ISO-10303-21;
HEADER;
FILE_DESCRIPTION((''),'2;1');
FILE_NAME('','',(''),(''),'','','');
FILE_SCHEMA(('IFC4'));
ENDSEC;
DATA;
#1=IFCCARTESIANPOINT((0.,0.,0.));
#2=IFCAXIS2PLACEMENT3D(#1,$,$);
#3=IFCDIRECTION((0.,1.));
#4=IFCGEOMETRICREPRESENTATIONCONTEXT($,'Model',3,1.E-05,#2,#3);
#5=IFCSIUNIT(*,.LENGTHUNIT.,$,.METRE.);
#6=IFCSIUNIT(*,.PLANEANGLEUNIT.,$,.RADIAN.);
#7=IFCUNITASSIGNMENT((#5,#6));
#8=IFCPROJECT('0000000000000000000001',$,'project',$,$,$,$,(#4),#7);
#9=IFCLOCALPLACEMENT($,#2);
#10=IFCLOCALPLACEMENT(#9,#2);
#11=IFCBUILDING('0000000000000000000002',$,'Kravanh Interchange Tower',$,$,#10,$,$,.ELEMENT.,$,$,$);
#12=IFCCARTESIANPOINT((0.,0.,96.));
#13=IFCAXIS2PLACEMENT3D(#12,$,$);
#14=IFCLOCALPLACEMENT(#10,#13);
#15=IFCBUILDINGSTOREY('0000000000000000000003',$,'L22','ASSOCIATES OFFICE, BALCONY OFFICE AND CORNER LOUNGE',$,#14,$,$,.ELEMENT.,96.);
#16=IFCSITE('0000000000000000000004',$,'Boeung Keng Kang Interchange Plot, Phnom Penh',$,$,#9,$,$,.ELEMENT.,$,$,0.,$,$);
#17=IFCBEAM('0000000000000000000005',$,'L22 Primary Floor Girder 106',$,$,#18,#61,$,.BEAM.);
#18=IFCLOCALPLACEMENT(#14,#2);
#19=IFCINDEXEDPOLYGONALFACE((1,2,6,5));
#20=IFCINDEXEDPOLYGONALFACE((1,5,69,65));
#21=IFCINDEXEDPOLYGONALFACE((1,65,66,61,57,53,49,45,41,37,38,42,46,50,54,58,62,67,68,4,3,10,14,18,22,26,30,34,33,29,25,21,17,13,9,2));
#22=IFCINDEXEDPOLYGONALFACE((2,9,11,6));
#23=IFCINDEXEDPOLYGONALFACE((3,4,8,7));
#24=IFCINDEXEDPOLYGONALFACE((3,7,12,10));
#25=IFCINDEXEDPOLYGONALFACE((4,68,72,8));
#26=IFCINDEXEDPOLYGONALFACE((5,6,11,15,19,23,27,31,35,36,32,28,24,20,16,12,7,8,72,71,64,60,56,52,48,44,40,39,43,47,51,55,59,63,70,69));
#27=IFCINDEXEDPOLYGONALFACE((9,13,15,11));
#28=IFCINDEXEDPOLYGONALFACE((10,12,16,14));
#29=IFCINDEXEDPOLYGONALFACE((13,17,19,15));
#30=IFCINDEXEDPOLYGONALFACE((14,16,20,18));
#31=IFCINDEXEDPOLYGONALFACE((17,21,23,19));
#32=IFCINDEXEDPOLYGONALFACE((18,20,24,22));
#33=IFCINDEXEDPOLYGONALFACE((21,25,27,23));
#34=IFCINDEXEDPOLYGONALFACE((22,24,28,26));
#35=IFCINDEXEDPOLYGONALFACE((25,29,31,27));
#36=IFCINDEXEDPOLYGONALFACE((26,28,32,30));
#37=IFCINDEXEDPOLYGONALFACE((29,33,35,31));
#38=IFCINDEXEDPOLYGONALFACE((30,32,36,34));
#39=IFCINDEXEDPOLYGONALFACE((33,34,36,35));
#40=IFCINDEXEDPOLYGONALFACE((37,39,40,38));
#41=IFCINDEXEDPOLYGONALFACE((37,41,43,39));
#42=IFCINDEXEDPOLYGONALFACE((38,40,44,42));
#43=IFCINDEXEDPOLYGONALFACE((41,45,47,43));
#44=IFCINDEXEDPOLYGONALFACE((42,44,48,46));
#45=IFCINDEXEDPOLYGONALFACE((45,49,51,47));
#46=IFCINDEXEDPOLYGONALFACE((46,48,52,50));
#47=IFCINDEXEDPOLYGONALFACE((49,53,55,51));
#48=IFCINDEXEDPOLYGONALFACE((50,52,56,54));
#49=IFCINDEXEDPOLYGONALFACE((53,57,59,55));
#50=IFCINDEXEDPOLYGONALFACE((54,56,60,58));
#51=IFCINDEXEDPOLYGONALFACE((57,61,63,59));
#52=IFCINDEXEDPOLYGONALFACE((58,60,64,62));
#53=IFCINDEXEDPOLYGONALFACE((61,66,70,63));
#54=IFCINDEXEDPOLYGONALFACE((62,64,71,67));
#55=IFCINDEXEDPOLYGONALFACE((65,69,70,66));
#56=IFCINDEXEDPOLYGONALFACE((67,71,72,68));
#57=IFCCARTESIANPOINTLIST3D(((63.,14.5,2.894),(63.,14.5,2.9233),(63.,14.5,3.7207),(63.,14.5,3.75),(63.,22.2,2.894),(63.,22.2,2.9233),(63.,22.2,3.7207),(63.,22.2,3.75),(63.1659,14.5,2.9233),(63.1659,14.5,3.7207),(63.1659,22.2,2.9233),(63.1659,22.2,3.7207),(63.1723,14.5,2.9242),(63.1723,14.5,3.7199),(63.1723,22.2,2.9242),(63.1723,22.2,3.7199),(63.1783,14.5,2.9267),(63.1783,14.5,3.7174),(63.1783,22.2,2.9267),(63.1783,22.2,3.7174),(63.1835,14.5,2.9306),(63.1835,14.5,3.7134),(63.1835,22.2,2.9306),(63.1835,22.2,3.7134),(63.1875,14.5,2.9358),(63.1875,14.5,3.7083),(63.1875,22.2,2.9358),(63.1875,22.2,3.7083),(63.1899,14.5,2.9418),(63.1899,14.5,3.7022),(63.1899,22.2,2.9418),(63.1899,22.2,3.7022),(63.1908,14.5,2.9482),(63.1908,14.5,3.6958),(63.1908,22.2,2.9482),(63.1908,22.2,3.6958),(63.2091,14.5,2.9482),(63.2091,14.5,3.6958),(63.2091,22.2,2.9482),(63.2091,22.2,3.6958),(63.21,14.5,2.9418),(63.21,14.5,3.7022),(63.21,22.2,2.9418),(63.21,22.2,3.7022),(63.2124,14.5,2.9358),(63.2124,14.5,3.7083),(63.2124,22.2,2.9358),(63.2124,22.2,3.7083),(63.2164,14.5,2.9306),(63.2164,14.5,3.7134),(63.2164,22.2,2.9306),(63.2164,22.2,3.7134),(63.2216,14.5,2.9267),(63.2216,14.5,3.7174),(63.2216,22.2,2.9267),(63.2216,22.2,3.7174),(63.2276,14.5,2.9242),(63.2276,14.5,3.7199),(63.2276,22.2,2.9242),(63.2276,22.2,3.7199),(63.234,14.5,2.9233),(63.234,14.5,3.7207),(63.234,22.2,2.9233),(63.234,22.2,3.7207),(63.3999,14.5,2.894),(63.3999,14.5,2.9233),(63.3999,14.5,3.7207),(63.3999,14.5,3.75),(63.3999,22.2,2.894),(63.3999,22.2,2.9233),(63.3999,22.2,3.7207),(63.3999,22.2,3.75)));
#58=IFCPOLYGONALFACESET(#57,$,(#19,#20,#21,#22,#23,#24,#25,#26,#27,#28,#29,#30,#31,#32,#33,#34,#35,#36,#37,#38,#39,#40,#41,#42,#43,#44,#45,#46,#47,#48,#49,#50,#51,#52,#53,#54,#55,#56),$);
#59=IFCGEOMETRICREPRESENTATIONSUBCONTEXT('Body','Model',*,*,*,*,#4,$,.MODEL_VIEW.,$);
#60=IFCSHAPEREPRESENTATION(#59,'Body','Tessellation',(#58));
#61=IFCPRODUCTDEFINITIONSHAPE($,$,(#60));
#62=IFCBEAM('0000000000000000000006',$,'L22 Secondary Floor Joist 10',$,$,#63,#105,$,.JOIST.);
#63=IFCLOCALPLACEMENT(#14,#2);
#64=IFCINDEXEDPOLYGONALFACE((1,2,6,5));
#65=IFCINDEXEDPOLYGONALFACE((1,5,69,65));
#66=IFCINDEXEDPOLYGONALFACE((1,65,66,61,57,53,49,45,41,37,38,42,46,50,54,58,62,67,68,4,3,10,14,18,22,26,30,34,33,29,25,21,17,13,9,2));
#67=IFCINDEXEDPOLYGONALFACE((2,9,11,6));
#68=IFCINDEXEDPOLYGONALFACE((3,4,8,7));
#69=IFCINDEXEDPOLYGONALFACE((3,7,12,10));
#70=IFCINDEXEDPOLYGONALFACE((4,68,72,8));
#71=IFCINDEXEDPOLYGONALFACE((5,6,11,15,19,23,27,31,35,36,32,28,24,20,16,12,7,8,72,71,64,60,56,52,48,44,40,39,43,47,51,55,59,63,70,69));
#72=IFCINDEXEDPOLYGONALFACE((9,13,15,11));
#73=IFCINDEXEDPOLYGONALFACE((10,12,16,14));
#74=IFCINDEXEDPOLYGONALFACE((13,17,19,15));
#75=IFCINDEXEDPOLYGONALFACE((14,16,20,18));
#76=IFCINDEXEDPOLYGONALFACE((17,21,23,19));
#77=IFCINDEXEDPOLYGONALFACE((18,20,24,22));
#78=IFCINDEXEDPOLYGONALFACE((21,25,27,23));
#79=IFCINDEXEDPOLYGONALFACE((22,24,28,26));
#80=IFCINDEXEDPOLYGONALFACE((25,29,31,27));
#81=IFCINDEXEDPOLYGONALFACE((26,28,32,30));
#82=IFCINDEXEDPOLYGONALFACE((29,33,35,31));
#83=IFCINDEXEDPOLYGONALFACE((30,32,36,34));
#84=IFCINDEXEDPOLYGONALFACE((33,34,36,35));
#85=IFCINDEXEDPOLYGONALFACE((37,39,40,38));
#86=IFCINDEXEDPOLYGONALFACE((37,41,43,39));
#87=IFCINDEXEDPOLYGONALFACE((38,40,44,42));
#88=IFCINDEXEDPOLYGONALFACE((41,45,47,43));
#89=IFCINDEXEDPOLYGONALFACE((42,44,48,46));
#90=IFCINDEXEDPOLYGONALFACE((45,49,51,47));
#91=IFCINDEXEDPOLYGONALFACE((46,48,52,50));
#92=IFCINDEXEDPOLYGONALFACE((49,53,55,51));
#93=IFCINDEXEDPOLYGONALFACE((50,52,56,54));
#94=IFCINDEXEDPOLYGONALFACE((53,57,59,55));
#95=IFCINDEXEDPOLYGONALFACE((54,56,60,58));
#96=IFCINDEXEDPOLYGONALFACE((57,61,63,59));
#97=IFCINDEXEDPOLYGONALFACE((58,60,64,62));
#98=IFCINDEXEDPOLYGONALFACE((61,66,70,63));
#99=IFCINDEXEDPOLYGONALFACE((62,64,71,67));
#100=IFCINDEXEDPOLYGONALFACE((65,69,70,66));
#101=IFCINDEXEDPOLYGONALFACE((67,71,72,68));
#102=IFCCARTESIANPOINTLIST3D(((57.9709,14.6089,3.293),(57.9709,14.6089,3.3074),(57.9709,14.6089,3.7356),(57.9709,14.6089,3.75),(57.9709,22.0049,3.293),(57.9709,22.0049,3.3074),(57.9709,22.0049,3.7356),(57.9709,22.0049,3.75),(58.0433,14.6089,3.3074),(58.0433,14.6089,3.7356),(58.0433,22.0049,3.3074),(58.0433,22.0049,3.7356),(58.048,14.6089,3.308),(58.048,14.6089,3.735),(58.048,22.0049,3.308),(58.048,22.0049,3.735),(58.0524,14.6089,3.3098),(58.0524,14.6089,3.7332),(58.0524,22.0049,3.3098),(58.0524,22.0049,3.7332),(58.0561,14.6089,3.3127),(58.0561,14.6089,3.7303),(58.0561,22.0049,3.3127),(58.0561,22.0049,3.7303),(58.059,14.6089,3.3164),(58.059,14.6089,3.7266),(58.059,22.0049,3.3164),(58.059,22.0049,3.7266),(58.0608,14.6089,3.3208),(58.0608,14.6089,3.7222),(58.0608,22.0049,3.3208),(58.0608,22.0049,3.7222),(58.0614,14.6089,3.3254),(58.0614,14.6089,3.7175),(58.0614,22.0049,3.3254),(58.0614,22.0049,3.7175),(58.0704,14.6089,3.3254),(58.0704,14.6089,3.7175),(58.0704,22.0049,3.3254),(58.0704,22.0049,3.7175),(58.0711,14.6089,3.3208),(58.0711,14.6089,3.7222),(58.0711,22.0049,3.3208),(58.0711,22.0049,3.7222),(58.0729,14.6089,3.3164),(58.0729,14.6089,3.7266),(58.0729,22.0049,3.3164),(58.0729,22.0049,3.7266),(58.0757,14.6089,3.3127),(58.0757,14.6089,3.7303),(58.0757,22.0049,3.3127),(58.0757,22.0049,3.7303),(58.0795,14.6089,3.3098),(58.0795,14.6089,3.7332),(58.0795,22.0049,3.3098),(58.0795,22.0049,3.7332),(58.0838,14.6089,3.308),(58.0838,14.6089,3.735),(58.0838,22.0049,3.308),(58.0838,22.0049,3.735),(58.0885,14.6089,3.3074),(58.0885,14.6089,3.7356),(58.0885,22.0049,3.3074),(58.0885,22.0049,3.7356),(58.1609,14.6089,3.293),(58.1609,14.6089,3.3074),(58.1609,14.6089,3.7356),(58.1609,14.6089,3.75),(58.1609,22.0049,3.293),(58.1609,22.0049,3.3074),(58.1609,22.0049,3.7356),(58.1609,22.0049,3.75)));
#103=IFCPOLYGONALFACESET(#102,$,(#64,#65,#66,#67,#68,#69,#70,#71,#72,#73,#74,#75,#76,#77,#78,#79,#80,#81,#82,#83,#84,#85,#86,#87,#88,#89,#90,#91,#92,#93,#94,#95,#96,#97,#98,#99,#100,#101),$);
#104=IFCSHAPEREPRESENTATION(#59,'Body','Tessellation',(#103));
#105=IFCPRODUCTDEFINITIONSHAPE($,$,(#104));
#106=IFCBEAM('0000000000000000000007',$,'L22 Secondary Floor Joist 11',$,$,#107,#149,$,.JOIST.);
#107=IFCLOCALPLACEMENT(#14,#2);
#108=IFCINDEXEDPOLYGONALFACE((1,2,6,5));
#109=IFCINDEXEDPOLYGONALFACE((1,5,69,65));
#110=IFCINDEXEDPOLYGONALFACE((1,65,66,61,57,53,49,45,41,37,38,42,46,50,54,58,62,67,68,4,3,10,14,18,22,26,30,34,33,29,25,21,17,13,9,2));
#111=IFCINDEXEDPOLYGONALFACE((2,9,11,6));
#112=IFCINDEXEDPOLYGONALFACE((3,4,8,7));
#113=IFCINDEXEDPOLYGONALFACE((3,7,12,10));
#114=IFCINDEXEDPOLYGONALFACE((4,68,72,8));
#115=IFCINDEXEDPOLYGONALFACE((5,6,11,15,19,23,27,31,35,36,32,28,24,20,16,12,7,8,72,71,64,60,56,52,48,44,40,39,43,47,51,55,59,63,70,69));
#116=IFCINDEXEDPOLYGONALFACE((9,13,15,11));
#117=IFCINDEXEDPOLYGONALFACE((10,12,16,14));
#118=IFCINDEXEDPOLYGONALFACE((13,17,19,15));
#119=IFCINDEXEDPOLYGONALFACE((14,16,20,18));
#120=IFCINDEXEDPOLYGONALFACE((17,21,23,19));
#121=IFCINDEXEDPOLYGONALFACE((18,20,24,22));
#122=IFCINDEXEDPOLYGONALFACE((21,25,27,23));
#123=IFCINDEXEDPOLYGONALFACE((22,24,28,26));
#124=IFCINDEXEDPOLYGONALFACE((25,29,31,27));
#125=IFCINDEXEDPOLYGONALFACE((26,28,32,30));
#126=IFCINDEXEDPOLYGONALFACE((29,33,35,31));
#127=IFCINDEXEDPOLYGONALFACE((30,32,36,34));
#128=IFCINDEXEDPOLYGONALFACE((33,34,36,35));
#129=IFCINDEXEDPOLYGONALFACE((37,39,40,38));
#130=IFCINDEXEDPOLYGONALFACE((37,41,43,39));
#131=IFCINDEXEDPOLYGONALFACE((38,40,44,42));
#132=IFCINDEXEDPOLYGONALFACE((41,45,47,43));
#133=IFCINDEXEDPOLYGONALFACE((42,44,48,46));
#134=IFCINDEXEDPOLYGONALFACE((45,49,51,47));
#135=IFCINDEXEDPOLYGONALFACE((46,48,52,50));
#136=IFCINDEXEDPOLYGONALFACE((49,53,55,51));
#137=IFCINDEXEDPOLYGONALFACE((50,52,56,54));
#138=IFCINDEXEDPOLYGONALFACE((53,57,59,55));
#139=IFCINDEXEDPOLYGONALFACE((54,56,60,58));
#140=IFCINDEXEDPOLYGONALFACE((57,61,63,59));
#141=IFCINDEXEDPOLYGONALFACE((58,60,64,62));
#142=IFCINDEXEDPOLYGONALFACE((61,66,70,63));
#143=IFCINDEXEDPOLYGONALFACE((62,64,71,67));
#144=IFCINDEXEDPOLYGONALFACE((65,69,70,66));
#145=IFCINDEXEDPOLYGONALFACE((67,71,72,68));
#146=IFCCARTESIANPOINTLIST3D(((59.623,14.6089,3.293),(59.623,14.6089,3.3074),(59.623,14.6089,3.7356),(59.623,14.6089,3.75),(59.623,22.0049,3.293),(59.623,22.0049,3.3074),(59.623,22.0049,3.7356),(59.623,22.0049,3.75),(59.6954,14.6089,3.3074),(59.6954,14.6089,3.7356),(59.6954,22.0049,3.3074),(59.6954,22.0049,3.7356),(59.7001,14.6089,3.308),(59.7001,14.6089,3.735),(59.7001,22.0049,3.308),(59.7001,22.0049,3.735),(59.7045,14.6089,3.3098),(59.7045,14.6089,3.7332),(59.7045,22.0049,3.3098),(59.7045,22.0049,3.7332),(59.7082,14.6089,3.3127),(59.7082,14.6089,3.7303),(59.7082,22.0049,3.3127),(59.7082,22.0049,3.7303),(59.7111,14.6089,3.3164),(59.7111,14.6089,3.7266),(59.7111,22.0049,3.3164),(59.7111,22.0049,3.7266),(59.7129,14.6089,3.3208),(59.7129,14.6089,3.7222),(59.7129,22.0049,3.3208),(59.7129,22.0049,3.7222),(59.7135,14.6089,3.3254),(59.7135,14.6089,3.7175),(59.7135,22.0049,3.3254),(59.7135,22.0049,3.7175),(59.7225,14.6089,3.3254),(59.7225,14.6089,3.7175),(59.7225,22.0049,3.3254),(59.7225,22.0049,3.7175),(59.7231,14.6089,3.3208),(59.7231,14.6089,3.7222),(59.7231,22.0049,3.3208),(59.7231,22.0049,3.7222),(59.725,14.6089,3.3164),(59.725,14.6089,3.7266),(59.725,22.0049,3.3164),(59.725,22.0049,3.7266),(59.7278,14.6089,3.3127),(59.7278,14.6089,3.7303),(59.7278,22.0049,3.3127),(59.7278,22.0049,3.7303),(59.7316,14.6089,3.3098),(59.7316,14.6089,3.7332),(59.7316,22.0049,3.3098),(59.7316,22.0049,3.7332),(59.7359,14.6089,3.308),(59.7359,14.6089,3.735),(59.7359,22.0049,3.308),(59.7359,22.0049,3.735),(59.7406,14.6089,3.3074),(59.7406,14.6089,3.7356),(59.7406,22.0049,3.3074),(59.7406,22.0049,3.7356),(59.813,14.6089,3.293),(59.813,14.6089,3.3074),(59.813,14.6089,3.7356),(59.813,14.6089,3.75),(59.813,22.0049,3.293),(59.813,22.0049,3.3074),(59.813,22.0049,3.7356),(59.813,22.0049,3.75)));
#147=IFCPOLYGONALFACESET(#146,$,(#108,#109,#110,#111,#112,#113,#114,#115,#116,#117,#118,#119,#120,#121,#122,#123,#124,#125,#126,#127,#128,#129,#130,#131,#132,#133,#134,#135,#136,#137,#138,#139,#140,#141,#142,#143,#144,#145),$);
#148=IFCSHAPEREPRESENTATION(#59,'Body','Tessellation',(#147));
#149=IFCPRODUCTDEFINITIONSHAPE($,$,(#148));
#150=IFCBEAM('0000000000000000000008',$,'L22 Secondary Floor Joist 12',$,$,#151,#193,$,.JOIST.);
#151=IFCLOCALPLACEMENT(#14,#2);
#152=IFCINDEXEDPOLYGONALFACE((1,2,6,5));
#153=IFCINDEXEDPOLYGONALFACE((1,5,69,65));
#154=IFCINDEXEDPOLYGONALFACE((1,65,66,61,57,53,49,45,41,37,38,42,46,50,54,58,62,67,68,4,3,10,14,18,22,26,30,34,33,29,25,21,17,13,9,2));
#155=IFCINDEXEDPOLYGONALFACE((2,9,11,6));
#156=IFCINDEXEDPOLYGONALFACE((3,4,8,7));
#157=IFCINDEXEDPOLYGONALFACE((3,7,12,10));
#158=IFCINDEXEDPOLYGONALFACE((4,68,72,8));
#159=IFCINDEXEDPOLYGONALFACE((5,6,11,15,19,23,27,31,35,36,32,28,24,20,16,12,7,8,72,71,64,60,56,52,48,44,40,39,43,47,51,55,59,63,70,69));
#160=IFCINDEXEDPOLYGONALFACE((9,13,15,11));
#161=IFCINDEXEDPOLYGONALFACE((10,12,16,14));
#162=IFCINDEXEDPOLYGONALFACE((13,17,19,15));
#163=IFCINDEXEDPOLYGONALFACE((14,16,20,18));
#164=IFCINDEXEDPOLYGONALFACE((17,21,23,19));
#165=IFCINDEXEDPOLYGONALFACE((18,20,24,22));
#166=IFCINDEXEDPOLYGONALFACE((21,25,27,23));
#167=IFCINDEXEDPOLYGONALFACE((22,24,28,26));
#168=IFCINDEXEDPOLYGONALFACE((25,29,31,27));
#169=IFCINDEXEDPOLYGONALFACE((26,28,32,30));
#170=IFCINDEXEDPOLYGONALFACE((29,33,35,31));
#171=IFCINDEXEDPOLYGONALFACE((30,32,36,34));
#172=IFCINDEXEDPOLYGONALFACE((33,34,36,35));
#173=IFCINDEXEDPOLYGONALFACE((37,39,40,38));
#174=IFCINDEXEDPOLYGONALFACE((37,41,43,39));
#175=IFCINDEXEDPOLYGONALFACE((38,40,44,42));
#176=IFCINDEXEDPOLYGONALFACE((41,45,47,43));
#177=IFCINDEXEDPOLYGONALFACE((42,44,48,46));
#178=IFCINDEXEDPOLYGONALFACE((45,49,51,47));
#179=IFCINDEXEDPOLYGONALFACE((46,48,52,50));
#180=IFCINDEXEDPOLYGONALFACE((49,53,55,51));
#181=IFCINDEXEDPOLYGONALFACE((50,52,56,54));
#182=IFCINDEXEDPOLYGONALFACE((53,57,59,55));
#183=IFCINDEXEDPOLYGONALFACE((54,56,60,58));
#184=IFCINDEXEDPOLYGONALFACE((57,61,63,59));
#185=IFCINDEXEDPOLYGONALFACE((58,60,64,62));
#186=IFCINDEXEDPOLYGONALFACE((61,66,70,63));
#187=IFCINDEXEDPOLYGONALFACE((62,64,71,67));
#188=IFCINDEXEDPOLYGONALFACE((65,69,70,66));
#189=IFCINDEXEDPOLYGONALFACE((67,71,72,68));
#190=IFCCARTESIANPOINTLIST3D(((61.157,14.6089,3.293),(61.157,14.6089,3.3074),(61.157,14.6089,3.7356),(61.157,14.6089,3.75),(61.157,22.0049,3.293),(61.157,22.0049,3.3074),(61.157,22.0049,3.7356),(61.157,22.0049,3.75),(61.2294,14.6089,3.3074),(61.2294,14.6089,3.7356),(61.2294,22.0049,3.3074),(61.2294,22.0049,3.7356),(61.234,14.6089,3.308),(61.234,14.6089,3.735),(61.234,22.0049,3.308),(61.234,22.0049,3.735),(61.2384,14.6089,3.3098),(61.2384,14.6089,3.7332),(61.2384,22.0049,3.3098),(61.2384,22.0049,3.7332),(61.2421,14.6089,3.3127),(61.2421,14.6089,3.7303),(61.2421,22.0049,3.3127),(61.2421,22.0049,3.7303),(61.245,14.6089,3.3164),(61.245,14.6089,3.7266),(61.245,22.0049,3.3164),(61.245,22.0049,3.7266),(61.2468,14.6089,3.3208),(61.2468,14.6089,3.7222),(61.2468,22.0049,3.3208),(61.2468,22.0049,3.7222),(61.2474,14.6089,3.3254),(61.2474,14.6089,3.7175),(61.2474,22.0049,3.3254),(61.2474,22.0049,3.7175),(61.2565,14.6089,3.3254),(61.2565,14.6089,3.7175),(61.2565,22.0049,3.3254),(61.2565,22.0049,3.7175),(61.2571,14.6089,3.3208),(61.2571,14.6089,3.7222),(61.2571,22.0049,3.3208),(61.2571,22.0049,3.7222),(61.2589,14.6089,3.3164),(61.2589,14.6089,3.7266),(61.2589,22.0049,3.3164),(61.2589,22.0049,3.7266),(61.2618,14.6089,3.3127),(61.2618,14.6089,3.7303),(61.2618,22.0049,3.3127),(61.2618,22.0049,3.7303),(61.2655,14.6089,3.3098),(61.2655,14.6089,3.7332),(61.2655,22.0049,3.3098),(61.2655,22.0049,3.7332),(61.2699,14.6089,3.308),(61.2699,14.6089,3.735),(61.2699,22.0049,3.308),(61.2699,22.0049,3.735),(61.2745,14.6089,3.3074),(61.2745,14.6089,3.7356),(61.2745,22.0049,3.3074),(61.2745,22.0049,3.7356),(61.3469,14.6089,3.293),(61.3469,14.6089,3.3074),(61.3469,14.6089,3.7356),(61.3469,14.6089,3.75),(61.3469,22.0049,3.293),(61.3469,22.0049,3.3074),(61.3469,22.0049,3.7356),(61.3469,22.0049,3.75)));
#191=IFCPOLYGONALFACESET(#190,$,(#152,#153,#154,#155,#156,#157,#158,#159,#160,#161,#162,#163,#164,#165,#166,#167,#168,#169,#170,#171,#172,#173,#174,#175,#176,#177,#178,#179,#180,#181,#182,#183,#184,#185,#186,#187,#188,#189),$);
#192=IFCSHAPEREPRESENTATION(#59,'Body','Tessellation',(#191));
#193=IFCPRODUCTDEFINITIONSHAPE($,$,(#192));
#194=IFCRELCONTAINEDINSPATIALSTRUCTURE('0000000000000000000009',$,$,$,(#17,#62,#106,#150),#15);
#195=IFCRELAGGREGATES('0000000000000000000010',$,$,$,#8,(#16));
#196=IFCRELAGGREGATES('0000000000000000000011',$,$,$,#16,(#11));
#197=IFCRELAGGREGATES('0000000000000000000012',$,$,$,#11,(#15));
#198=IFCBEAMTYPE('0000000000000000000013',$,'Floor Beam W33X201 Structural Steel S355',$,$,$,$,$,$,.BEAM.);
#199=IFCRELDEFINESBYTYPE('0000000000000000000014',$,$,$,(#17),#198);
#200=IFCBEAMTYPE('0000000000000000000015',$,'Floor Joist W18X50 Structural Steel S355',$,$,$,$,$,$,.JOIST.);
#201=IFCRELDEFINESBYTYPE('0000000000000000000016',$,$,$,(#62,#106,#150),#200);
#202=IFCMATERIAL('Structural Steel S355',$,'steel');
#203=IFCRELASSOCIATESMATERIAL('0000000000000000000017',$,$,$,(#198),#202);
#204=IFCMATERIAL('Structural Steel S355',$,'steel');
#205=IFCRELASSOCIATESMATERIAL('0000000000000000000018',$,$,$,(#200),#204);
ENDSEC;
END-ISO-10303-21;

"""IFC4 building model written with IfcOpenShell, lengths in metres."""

from ifc_helpers import new_model, si_unit, direction, frame, origin, origin_2d, place, context, subcontext, project, spatial, i_section, extrude, material, material_profile, profile_set, type_object, element, save


model = new_model("IFC4")

# Units and contexts
model_context = context("Model", 3, precision=1e-05, world=origin(), true_north=direction((0.0, 1.0)))
body_context = subcontext(model_context, "Body", "Model", "MODEL_VIEW")
ifc_project = project(units=[si_unit("LENGTHUNIT", "METRE"), si_unit("PLANEANGLEUNIT", "RADIAN")], contexts=[model_context])

# Site, building, storey
site_placement = place(None, origin())
site = spatial("IfcSite", under=ifc_project, at=site_placement, Name="Boeung Keng Kang Interchange Plot, Phnom Penh", CompositionType="ELEMENT", RefElevation=0.0)
building_placement = place(site_placement, origin())
building = spatial("IfcBuilding", under=site, at=building_placement, Name="Kravanh Interchange Tower", CompositionType="ELEMENT")
storey_placement = place(building_placement, frame((0.0, 0.0, 96.0)))
storey = spatial("IfcBuildingStorey", under=building, at=storey_placement, Name="L22", Description="ASSOCIATES OFFICE, BALCONY OFFICE AND CORNER LOUNGE", CompositionType="ELEMENT", Elevation=96.0)

# Beams
ifc_material_1 = material(Name="Structural Steel S355", Category="steel")
ifc_material_profile_1 = material_profile(ifc_material_1, i_section(OverallWidth=0.3999, OverallDepth=0.856, WebThickness=0.0183, FlangeThickness=0.0293, FilletRadius=0.0249, at=origin_2d()), Name="W33X201")
ifc_profile_set_1 = profile_set([ifc_material_profile_1], Name="Structural Steel S355")
beam_type_1 = type_object("IfcBeamType", Name="Floor Beam W33X201 Structural Steel S355", PredefinedType="BEAM", material=ifc_profile_set_1)
beam_1_placement = place(storey_placement, frame((63.2, 14.5, 3.322), z_axis=(0.0, 1.0, 0.0), x_axis=(-1.0, 0.0, 0.0)))
element("IfcBeam", 1, at=beam_1_placement, inside=storey, type_object=beam_type_1, Name="L22 Primary Floor Girder 106", PredefinedType="BEAM", context=body_context, shape_type="SweptSolid", body=[
    extrude(i_section(OverallWidth=0.3999, OverallDepth=0.856, WebThickness=0.0183, FlangeThickness=0.0293, FilletRadius=0.0249, at=origin_2d()), origin(), (0.0, 0.0, 1.0), 7.7),
])
ifc_material_2 = material(Name="Structural Steel S355", Category="steel")
ifc_material_profile_2 = material_profile(ifc_material_2, i_section(OverallWidth=0.1899, OverallDepth=0.457, WebThickness=0.009, FlangeThickness=0.0144, FilletRadius=0.0181, at=origin_2d()), Name="W18X50")
ifc_profile_set_2 = profile_set([ifc_material_profile_2], Name="Structural Steel S355")
beam_type_2 = type_object("IfcBeamType", Name="Floor Joist W18X50 Structural Steel S355", PredefinedType="JOIST", material=ifc_profile_set_2)
for number, where, z_axis, x_axis, name in (
    (2, (58.0659, 14.6089, 3.5215), (0.0, 1.0, 0.0), (-1.0, 0.0, 0.0), "L22 Secondary Floor Joist 10"),
    (3, (59.718, 14.6089, 3.5215), (0.0, 1.0, 0.0), (-1.0, 0.0, 0.0), "L22 Secondary Floor Joist 11"),
    (4, (61.252, 14.6089, 3.5215), (0.0, 1.0, 0.0), (-1.0, 0.0, 0.0), "L22 Secondary Floor Joist 12"),
):
    element("IfcBeam", number, at=place(storey_placement, frame(where, z_axis=z_axis, x_axis=x_axis)), inside=storey, type_object=beam_type_2, Name=name, PredefinedType="JOIST", context=body_context, shape_type="SweptSolid", body=[
        extrude(i_section(OverallWidth=0.1899, OverallDepth=0.457, WebThickness=0.009, FlangeThickness=0.0144, FilletRadius=0.0181, at=origin_2d()), origin(), (0.0, 0.0, 1.0), 7.396),
    ])

save(model, "model.ifc")
